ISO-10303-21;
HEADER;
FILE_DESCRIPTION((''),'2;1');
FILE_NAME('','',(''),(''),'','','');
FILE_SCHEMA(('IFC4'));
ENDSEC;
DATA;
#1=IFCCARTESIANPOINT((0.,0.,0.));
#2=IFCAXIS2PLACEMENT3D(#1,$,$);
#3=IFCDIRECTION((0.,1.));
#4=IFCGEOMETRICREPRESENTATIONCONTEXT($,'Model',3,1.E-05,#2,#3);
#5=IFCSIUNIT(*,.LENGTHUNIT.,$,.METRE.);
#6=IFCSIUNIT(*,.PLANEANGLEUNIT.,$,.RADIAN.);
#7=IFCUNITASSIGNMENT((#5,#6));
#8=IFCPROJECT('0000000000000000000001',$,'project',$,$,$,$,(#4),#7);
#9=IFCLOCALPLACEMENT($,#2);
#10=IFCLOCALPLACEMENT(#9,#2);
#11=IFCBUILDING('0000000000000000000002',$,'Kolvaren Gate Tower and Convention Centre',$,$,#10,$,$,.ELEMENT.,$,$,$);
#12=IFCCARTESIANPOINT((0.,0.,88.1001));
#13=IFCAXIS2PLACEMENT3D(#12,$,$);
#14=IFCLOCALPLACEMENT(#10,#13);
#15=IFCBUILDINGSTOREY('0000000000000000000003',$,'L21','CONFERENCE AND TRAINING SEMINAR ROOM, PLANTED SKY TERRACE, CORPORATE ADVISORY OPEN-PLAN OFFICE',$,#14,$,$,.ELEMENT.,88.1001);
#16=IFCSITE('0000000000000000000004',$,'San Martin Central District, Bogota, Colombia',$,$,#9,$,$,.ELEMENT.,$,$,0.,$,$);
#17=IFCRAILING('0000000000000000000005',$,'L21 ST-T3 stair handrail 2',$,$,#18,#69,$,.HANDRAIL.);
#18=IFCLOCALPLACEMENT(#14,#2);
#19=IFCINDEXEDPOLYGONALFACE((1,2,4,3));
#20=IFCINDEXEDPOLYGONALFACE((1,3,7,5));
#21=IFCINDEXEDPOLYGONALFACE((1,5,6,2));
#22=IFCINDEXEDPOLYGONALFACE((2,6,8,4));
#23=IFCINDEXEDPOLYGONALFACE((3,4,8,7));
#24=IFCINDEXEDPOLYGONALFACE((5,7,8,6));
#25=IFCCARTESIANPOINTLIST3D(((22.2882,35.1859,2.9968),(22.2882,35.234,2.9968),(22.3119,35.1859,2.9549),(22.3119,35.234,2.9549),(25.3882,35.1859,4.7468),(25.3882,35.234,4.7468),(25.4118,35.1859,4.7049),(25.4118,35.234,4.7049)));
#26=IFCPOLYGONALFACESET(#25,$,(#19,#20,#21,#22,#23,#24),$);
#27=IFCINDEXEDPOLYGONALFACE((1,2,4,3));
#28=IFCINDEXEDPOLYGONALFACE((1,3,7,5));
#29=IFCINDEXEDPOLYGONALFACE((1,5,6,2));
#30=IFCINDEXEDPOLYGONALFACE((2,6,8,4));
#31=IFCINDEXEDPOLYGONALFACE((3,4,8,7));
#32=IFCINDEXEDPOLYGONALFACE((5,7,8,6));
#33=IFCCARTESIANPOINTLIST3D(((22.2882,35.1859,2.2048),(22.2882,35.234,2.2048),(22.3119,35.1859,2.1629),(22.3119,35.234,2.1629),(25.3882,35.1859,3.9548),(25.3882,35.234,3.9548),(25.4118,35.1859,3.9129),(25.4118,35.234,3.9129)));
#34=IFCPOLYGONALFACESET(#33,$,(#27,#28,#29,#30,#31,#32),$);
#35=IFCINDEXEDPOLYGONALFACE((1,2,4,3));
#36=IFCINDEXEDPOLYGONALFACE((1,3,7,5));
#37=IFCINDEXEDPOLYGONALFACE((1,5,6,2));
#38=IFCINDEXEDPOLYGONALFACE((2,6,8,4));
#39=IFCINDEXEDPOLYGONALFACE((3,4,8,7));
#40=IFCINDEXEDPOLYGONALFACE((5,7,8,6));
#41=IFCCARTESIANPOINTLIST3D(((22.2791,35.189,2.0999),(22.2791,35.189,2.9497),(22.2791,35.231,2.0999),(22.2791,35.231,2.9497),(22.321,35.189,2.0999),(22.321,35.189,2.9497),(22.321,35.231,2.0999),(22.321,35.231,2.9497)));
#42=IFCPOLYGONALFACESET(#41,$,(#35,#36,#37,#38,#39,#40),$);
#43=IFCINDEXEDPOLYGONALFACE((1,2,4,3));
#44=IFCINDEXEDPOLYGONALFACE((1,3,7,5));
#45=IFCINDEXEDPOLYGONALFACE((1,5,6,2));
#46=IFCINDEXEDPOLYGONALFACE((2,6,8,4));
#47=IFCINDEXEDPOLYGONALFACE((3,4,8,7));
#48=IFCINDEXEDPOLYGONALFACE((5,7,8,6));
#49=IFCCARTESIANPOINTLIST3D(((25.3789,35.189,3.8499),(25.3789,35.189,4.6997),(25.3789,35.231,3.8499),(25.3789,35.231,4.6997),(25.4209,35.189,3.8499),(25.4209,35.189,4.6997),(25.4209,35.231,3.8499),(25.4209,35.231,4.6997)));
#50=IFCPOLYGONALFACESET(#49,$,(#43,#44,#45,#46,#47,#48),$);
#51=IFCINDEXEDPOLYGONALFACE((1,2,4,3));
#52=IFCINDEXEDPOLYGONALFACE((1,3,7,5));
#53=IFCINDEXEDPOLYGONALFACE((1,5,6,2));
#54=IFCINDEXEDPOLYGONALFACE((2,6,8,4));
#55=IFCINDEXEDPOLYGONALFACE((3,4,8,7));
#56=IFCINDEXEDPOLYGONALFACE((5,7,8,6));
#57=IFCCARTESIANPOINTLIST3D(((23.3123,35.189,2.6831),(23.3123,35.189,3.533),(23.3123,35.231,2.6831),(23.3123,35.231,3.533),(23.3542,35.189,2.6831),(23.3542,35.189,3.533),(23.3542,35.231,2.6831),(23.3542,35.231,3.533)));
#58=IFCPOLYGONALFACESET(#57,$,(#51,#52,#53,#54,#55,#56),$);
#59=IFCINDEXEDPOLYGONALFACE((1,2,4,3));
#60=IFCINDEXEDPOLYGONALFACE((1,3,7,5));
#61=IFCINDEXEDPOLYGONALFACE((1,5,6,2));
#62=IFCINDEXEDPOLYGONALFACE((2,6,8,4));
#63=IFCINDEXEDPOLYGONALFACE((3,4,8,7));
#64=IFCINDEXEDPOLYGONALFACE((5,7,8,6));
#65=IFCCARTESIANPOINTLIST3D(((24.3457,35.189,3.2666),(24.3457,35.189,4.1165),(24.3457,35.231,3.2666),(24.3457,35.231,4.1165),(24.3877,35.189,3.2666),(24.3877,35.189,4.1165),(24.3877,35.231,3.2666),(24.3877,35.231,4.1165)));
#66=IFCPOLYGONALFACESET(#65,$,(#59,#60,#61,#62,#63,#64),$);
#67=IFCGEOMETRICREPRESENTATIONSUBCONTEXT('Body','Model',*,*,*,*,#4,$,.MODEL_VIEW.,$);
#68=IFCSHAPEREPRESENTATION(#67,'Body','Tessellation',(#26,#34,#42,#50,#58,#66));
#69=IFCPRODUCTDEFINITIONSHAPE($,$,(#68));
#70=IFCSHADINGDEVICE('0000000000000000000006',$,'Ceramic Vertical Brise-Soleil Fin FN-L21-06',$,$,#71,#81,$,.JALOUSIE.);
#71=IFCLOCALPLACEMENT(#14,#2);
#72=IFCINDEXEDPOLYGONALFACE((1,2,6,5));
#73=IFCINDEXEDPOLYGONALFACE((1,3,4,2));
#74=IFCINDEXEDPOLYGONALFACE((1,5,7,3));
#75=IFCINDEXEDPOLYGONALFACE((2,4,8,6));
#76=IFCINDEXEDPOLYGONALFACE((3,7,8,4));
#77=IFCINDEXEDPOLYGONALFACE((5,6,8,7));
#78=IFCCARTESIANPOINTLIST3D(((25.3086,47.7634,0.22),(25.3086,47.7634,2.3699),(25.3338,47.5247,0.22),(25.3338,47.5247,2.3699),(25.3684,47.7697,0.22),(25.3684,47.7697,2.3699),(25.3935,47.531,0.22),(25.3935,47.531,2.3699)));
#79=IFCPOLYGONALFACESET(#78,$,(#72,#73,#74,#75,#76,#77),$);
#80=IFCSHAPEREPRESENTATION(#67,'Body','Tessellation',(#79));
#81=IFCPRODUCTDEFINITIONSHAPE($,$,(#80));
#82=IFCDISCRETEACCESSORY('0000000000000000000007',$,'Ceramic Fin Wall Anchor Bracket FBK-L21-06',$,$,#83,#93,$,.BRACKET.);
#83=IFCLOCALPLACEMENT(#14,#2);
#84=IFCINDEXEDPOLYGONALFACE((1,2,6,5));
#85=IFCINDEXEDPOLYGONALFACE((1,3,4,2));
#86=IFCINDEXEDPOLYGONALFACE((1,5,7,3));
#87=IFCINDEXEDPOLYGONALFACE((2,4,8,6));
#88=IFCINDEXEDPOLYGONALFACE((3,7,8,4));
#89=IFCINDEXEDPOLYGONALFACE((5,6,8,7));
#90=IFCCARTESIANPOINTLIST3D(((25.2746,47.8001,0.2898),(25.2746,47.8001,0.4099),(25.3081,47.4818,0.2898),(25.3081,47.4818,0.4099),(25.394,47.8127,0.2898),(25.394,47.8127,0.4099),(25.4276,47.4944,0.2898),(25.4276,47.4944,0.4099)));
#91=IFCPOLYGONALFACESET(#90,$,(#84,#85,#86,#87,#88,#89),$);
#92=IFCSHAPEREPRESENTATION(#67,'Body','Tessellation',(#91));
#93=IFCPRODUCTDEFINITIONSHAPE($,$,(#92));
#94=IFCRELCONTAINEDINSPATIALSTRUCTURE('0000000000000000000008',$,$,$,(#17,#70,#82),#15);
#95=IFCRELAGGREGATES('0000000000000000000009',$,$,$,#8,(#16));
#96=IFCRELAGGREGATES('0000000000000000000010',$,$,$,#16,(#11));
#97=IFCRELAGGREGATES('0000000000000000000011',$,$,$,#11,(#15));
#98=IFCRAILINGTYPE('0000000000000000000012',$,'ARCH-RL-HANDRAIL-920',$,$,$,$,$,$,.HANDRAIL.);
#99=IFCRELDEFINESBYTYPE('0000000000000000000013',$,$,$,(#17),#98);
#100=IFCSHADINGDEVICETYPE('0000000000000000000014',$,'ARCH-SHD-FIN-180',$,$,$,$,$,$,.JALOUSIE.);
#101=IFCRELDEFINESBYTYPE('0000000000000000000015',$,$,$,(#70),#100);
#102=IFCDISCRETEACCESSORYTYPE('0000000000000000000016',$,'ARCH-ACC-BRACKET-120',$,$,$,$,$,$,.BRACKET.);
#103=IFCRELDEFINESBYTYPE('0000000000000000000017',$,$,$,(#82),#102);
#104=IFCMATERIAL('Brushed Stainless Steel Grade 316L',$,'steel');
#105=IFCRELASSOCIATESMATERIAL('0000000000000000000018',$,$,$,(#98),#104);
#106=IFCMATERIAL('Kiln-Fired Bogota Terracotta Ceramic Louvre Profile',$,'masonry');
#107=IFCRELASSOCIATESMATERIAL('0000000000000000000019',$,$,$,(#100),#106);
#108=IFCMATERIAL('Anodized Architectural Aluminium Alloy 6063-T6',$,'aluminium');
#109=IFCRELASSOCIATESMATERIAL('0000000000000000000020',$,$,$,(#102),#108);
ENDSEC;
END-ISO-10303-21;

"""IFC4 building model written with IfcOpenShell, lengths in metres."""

from ifc_helpers import new_model, si_unit, direction, frame, origin, origin_2d, place, context, subcontext, project, spatial, rectangle, extrude, material, type_object, element, save


model = new_model("IFC4")

# Units and contexts
model_context = context("Model", 3, precision=1e-05, world=origin(), true_north=direction((0.0, 1.0)))
body_context = subcontext(model_context, "Body", "Model", "MODEL_VIEW")
ifc_project = project(units=[si_unit("LENGTHUNIT", "METRE"), si_unit("PLANEANGLEUNIT", "RADIAN")], contexts=[model_context])

# Site, building, storey
site_placement = place(None, origin())
site = spatial("IfcSite", under=ifc_project, at=site_placement, Name="San Martin Central District, Bogota, Colombia", CompositionType="ELEMENT", RefElevation=0.0)
building_placement = place(site_placement, origin())
building = spatial("IfcBuilding", under=site, at=building_placement, Name="Kolvaren Gate Tower and Convention Centre", CompositionType="ELEMENT")
storey_placement = place(building_placement, frame((0.0, 0.0, 88.1001)))
storey = spatial("IfcBuildingStorey", under=building, at=storey_placement, Name="L21", Description="CONFERENCE AND TRAINING SEMINAR ROOM, PLANTED SKY TERRACE, CORPORATE ADVISORY OPEN-PLAN OFFICE", CompositionType="ELEMENT", Elevation=88.1001)

# Railing
ifc_material_1 = material(Name="Brushed Stainless Steel Grade 316L", Category="steel")
railing_type_1 = type_object("IfcRailingType", Name="ARCH-RL-HANDRAIL-920", PredefinedType="HANDRAIL", material=ifc_material_1)
railing_1_placement = place(storey_placement, frame((22.3, 35.21, 2.0999)))
element("IfcRailing", 1, at=railing_1_placement, inside=storey, type_object=railing_type_1, Name="L21 ST-T3 stair handrail 2", PredefinedType="HANDRAIL", context=body_context, shape_type="SweptSolid", body=[
    extrude(rectangle(XDim=0.0481, YDim=0.0481, at=origin_2d()), frame((0.0, 0.0, 0.876), z_axis=(0.870814, 0.0, 0.491612), x_axis=(0.0, 1.0, 0.0)), (0.0, 0.0, 1.0), 3.5598),
    extrude(rectangle(XDim=0.0481, YDim=0.0481, at=origin_2d()), frame((0.0, 0.0, 0.084), z_axis=(0.870814, 0.0, 0.491612), x_axis=(0.0, 1.0, 0.0)), (0.0, 0.0, 1.0), 3.5598),
    extrude(rectangle(XDim=0.042, YDim=0.042, at=origin_2d()), origin(), (0.0, 0.0, 1.0), 0.8499),
    extrude(rectangle(XDim=0.042, YDim=0.042, at=origin_2d()), frame((3.0999, 0.0, 1.75)), (0.0, 0.0, 1.0), 0.8499),
    extrude(rectangle(XDim=0.042, YDim=0.042, at=origin_2d()), frame((1.0332, 0.0, 0.5833)), (0.0, 0.0, 1.0), 0.8499),
    extrude(rectangle(XDim=0.042, YDim=0.042, at=origin_2d()), frame((2.0667, 0.0, 1.1667)), (0.0, 0.0, 1.0), 0.8499),
])

# Shading device
ifc_material_2 = material(Name="Kiln-Fired Bogota Terracotta Ceramic Louvre Profile", Category="masonry")
shading_device_type = type_object("IfcShadingDeviceType", Name="ARCH-SHD-FIN-180", PredefinedType="JALOUSIE", material=ifc_material_2)
shading_device_placement = place(storey_placement, frame((25.3511, 47.6472, 0.22), z_axis=(0.0, 0.0, 1.0), x_axis=(0.994499, 0.104747, 0.0)))
element("IfcShadingDevice", 2, at=shading_device_placement, inside=storey, type_object=shading_device_type, Name="Ceramic Vertical Brise-Soleil Fin FN-L21-06", PredefinedType="JALOUSIE", context=body_context, shape_type="SweptSolid", body=[
    extrude(rectangle(XDim=0.0601, YDim=0.24, at=origin_2d()), origin(), (0.0, 0.0, 1.0), 2.1499),
])

# Discrete accessory
ifc_material_3 = material(Name="Anodized Architectural Aluminium Alloy 6063-T6", Category="aluminium")
discrete_accessory_type = type_object("IfcDiscreteAccessoryType", Name="ARCH-ACC-BRACKET-120", PredefinedType="BRACKET", material=ifc_material_3)
discrete_accessory_placement = place(storey_placement, frame((25.3511, 47.6472, 0.2898), z_axis=(0.0, 0.0, 1.0), x_axis=(0.994499, 0.104747, 0.0)))
element("IfcDiscreteAccessory", 3, at=discrete_accessory_placement, inside=storey, type_object=discrete_accessory_type, Name="Ceramic Fin Wall Anchor Bracket FBK-L21-06", PredefinedType="BRACKET", context=body_context, shape_type="SweptSolid", body=[
    extrude(rectangle(XDim=0.1201, YDim=0.3201, at=origin_2d()), origin(), (0.0, 0.0, 1.0), 0.1201),
])

save(model, "model.ifc")
